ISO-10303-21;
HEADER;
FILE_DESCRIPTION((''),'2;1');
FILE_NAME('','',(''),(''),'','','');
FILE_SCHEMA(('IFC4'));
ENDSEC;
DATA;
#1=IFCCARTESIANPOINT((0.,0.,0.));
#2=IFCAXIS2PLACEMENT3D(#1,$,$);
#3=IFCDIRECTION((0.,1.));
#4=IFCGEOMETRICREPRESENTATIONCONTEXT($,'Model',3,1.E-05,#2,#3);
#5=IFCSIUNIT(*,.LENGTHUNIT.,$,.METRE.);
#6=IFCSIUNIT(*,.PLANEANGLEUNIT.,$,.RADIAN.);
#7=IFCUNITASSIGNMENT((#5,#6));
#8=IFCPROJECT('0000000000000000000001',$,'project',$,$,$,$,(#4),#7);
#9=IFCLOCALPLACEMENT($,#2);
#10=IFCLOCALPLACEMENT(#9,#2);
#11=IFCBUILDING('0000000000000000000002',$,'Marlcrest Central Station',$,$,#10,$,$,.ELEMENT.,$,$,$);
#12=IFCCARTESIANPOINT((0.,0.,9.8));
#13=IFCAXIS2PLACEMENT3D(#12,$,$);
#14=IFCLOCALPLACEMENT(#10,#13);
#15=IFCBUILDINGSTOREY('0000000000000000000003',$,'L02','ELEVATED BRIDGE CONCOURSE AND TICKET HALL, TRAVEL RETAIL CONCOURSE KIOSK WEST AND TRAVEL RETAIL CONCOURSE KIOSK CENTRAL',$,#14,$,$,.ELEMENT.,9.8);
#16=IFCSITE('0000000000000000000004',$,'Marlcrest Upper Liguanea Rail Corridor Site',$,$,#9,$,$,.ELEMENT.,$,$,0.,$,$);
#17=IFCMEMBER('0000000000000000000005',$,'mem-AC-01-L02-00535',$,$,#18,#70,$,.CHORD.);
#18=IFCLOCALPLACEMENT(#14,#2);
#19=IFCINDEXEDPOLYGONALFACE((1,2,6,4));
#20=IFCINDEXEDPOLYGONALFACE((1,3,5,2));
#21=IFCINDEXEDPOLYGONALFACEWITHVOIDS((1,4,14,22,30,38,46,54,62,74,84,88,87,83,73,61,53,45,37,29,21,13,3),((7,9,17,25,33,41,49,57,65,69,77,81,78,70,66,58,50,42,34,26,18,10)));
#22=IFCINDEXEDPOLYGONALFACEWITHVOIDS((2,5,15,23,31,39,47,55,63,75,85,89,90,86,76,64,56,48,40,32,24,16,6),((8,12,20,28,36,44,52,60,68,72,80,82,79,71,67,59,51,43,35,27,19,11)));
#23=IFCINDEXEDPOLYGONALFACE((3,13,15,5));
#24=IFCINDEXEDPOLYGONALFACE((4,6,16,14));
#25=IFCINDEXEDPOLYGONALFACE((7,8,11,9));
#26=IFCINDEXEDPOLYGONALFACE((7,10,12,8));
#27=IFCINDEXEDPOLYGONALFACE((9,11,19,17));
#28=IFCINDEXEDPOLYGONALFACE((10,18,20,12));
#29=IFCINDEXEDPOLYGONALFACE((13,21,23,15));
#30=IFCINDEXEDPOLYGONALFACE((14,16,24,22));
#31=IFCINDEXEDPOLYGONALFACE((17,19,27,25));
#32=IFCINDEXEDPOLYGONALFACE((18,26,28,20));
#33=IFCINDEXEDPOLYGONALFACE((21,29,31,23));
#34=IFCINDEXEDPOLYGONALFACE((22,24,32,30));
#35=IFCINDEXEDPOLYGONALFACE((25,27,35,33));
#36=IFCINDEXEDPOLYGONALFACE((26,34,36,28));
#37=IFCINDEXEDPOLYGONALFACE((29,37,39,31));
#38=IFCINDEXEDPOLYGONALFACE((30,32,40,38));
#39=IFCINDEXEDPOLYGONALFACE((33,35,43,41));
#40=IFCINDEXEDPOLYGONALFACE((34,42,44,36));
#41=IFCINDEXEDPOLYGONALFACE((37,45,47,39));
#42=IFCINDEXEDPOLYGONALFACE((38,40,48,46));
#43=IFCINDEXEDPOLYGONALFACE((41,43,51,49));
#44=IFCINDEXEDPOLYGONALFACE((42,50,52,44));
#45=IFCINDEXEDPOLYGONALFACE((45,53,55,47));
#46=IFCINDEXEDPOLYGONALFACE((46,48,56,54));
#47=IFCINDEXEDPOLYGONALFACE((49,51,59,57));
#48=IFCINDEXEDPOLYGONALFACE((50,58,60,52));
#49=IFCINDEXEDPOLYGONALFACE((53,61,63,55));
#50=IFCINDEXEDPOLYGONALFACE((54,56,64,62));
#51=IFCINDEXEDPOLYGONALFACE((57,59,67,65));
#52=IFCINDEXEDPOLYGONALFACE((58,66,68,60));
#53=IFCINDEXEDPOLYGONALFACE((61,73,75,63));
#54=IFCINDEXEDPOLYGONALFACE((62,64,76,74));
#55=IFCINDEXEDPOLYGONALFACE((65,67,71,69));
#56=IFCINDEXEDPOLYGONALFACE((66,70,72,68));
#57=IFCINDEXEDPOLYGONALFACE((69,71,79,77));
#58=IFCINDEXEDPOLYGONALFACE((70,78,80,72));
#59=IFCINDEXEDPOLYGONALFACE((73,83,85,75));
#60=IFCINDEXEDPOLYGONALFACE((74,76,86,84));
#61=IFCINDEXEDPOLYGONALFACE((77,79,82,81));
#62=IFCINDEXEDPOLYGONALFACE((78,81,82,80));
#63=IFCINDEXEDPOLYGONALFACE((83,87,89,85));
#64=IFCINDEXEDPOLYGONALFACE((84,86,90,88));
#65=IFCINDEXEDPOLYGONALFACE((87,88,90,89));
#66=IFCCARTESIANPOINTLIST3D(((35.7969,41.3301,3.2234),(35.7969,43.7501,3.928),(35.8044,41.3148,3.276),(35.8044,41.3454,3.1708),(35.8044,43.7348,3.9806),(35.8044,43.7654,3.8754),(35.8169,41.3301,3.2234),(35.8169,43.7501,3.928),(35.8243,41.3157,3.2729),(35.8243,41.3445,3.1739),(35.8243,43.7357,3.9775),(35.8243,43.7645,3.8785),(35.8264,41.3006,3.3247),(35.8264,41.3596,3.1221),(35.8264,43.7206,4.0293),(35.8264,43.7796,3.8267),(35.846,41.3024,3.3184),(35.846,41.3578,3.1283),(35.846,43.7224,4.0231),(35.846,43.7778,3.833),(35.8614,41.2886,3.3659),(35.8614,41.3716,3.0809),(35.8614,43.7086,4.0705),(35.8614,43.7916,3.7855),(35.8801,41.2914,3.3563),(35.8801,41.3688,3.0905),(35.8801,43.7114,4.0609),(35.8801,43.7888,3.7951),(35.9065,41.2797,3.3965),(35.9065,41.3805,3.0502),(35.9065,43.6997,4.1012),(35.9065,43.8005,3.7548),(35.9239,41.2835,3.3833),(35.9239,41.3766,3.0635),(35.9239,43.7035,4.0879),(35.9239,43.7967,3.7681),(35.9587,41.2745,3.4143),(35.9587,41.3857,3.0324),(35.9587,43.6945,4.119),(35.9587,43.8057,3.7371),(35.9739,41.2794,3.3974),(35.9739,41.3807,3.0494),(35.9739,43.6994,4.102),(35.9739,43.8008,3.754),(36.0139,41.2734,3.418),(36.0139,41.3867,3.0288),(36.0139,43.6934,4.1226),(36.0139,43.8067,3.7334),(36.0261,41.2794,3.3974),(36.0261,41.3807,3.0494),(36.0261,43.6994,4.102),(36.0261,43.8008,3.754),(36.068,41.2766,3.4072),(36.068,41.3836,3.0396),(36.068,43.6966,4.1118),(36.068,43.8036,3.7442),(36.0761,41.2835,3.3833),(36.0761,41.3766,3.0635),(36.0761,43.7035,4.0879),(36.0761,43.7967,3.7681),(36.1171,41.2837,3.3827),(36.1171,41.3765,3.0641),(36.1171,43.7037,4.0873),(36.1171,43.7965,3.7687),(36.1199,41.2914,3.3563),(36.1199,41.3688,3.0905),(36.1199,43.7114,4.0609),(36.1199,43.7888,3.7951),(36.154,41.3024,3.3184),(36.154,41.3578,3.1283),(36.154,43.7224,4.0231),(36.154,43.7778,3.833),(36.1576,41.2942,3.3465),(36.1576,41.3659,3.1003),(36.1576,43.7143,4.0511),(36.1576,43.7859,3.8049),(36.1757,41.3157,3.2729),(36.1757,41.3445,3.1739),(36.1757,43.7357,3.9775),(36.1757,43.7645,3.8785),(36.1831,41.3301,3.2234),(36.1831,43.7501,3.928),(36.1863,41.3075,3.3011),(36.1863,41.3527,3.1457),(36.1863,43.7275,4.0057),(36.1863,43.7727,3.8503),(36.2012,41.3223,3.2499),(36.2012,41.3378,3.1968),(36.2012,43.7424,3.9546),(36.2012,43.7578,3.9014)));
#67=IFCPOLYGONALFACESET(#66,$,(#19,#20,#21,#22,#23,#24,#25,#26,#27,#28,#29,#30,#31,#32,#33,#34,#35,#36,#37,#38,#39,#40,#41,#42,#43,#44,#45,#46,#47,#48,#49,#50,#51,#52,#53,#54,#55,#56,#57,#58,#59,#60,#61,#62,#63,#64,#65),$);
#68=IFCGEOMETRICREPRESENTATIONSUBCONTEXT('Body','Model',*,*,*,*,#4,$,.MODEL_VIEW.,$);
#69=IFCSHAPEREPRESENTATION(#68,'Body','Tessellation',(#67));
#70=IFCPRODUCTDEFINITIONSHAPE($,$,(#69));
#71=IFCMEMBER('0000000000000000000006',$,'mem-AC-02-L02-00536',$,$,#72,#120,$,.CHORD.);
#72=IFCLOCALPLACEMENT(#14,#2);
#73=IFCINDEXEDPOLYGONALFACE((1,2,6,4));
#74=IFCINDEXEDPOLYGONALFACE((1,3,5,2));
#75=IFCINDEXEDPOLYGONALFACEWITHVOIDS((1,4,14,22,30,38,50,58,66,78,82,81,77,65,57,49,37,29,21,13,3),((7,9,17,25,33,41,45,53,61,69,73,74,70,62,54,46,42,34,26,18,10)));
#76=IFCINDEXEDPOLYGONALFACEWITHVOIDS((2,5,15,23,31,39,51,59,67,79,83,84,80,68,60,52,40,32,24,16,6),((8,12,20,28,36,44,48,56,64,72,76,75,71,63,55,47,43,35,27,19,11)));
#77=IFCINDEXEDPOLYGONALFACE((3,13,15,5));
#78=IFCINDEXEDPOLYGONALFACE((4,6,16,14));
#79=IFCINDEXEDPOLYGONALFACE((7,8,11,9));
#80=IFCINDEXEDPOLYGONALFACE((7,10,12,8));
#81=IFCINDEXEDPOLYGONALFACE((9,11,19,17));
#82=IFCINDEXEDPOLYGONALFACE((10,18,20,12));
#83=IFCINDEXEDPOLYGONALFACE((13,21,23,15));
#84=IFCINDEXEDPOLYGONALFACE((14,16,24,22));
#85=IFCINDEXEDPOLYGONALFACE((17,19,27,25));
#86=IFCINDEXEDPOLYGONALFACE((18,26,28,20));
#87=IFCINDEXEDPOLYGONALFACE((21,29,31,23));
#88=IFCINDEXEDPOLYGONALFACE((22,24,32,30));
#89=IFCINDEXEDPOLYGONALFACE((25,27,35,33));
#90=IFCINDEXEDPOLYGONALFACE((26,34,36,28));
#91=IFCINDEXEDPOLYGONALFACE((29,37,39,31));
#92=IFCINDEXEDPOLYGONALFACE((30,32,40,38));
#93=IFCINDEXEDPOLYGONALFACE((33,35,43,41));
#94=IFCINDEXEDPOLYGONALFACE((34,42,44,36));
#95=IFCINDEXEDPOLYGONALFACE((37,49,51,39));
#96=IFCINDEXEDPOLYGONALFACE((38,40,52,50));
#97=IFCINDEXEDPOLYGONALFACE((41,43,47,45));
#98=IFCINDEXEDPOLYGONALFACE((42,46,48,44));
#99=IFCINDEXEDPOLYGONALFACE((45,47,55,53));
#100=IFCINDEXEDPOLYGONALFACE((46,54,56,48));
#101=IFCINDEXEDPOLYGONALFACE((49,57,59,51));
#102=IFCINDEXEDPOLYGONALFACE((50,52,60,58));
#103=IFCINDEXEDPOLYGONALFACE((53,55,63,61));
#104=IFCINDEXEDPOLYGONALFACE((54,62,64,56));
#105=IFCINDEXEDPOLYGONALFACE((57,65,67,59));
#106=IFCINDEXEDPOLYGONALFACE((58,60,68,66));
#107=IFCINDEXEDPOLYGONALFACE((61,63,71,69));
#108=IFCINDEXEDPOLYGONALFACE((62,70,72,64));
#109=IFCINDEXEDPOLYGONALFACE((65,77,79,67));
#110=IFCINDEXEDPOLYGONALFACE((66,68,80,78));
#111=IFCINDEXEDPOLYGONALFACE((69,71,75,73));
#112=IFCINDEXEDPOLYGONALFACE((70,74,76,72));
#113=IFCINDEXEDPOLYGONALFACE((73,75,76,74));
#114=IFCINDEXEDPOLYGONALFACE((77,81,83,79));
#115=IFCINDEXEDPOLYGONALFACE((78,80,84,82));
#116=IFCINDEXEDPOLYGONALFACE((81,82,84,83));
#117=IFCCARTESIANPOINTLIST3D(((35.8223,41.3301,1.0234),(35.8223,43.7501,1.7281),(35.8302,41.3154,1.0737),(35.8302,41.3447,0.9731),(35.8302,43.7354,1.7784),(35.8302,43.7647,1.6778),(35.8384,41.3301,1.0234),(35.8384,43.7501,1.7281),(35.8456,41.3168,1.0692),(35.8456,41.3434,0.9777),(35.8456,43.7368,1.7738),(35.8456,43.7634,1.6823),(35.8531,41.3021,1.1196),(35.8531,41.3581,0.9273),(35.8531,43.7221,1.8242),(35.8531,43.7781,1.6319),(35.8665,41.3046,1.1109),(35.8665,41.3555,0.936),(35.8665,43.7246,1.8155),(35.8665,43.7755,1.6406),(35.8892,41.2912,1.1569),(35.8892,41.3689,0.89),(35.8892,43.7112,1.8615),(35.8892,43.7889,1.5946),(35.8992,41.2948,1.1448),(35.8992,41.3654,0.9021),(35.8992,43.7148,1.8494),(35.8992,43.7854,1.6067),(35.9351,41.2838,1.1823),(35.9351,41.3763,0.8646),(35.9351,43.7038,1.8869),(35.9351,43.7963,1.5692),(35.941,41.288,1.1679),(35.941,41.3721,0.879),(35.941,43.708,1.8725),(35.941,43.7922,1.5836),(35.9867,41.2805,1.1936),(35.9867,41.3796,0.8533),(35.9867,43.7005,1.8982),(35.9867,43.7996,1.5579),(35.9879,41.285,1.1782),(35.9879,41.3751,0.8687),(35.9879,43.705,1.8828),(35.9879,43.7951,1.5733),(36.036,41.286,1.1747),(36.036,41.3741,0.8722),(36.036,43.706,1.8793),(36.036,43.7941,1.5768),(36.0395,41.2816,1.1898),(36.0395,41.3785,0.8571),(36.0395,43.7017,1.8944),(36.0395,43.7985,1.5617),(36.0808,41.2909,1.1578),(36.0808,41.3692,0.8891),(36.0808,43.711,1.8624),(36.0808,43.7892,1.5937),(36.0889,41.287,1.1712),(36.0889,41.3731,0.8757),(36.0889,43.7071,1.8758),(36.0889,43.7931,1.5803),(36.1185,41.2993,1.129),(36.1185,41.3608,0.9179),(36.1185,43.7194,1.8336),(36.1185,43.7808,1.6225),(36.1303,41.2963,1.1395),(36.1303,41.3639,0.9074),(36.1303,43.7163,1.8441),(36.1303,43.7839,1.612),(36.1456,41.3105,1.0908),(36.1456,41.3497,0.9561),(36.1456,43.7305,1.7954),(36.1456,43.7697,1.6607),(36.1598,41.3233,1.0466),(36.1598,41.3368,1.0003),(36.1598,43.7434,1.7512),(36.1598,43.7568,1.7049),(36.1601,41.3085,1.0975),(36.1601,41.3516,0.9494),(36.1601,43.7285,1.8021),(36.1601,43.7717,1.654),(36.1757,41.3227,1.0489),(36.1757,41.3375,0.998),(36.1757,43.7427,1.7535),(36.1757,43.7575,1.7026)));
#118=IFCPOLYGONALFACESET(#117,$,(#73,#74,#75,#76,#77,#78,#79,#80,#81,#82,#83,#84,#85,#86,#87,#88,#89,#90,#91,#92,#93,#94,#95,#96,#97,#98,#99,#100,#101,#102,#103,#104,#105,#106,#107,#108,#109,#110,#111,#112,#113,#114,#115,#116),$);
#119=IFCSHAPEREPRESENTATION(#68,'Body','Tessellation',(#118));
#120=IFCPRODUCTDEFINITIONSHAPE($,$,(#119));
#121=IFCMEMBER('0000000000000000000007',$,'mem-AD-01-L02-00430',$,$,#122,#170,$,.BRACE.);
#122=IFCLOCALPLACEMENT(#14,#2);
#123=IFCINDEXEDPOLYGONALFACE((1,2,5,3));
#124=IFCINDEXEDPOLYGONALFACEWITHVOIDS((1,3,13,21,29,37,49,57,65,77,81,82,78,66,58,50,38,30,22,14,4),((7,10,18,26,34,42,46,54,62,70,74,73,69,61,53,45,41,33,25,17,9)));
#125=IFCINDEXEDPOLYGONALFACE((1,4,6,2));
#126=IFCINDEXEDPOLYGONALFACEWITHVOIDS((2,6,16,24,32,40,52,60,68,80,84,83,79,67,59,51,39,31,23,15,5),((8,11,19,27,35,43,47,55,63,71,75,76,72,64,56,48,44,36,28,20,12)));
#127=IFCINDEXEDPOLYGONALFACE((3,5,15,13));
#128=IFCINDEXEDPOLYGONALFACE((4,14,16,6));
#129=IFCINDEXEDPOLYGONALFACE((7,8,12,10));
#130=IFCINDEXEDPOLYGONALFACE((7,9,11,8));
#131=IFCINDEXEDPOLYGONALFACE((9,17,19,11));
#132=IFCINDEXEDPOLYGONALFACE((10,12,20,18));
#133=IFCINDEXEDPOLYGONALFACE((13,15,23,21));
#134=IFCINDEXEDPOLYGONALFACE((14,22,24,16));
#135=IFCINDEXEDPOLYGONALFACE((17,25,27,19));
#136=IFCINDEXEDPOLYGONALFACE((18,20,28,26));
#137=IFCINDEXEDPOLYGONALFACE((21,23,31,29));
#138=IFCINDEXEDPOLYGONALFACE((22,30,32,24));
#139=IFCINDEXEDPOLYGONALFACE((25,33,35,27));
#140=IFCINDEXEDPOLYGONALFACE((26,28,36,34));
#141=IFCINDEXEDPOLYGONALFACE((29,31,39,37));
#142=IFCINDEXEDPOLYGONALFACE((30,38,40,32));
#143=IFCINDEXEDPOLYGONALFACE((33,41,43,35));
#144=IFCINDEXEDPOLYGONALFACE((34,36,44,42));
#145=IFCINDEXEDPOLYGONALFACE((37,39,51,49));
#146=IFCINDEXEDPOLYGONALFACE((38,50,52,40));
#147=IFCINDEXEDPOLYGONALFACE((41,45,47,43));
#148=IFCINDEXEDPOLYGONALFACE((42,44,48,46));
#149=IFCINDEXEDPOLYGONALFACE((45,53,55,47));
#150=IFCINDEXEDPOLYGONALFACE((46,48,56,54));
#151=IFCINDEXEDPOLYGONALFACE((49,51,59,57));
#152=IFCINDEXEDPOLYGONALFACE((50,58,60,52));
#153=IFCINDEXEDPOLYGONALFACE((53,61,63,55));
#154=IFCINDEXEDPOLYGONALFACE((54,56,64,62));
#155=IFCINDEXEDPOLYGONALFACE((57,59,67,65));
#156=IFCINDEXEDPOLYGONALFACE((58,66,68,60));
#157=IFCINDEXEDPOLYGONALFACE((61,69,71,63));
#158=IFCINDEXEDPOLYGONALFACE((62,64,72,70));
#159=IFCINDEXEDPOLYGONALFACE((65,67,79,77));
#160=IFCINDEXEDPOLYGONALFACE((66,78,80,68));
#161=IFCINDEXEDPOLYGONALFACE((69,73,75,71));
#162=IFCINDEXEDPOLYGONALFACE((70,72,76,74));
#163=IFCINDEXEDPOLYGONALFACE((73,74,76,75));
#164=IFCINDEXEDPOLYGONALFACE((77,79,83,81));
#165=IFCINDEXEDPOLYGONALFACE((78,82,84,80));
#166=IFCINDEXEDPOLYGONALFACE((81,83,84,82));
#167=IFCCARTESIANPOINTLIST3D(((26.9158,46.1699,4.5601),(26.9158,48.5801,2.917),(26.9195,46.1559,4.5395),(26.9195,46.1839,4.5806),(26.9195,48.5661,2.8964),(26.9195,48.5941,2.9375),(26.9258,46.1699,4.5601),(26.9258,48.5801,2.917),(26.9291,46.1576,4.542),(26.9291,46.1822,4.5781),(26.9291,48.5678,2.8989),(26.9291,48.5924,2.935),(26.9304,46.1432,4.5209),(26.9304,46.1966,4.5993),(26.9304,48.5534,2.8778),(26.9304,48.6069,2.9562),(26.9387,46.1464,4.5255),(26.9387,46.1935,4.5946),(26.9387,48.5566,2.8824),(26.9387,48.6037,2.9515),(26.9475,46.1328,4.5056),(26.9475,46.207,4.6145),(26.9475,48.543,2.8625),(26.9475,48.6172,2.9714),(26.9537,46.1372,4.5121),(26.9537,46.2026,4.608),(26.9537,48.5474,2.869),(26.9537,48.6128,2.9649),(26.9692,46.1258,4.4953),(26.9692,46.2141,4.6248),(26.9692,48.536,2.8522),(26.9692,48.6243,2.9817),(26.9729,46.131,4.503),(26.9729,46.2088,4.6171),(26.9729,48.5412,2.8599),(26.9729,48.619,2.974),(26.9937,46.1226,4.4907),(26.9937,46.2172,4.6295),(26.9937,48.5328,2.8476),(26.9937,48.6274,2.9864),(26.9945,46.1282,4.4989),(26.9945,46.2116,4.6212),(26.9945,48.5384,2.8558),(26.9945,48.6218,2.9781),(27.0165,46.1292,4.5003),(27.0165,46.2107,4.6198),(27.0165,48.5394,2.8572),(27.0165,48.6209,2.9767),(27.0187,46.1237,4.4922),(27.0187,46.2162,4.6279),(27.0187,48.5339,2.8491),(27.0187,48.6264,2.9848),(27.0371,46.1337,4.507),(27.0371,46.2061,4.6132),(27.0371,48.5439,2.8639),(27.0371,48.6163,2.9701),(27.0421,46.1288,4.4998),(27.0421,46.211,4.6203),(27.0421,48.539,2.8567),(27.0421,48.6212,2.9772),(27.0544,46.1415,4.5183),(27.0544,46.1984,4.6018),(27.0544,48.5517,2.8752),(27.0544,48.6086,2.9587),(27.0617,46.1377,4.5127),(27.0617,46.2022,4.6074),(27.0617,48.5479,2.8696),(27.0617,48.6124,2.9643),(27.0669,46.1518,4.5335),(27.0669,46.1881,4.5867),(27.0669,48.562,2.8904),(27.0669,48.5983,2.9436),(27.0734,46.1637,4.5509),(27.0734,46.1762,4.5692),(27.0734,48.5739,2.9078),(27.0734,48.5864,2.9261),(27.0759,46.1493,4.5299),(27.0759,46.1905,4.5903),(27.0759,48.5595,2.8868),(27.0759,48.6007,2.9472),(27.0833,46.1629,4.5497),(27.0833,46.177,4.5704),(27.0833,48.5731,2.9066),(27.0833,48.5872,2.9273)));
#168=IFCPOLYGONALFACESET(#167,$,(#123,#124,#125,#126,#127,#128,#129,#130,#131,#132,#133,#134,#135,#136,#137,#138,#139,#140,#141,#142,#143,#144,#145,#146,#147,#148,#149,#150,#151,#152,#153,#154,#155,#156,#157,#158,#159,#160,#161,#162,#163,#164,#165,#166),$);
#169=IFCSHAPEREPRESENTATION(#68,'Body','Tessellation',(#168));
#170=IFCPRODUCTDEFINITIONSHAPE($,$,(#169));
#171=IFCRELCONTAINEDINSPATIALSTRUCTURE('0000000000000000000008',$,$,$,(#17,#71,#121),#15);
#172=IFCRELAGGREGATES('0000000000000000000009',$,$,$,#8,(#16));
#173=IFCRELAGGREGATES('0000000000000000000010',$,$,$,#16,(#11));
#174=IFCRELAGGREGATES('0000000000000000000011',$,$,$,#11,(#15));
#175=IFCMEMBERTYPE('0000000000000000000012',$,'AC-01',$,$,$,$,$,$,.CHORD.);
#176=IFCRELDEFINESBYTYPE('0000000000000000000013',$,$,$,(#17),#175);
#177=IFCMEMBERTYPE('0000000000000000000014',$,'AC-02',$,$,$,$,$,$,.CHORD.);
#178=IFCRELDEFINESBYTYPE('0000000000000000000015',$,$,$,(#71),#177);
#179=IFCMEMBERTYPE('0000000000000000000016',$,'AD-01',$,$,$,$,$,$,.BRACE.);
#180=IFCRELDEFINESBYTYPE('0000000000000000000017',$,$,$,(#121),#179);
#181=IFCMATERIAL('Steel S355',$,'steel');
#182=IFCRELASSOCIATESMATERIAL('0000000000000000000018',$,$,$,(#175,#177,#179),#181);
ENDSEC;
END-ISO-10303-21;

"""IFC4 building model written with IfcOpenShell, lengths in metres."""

from ifc_helpers import new_model, si_unit, direction, frame, origin, origin_2d, place, context, subcontext, project, spatial, hollow_circle, extrude, material, material_profile, profile_set, type_object, element, save


model = new_model("IFC4")

# Units and contexts
model_context = context("Model", 3, precision=1e-05, world=origin(), true_north=direction((0.0, 1.0)))
body_context = subcontext(model_context, "Body", "Model", "MODEL_VIEW")
ifc_project = project(units=[si_unit("LENGTHUNIT", "METRE"), si_unit("PLANEANGLEUNIT", "RADIAN")], contexts=[model_context])

# Site, building, storey
site_placement = place(None, origin())
site = spatial("IfcSite", under=ifc_project, at=site_placement, Name="Marlcrest Upper Liguanea Rail Corridor Site", CompositionType="ELEMENT", RefElevation=0.0)
building_placement = place(site_placement, origin())
building = spatial("IfcBuilding", under=site, at=building_placement, Name="Marlcrest Central Station", CompositionType="ELEMENT")
storey_placement = place(building_placement, frame((0.0, 0.0, 9.8)))
storey = spatial("IfcBuildingStorey", under=building, at=storey_placement, Name="L02", Description="ELEVATED BRIDGE CONCOURSE AND TICKET HALL, TRAVEL RETAIL CONCOURSE KIOSK WEST AND TRAVEL RETAIL CONCOURSE KIOSK CENTRAL", CompositionType="ELEMENT", Elevation=9.8)

# Members
ifc_material_1 = material(Name="Steel S355", Category="steel")
ifc_material_profile_1 = material_profile(ifc_material_1, hollow_circle(Radius=0.2031, WallThickness=0.02, at=origin_2d()), Name="CHS 406.4x20")
ifc_profile_set_1 = profile_set([ifc_material_profile_1], Name="Steel S355")
member_type_1 = type_object("IfcMemberType", Name="AC-01", PredefinedType="CHORD", material=ifc_profile_set_1)
member_1_placement = place(storey_placement, frame((36.0, 41.3301, 3.2234), z_axis=(0.0, 0.96013, 0.279554), x_axis=(-1.0, 0.0, 0.0)))
element("IfcMember", 1, at=member_1_placement, inside=storey, type_object=member_type_1, Name="mem-AC-01-L02-00535", PredefinedType="CHORD", context=body_context, shape_type="SweptSolid", body=[
    extrude(hollow_circle(Radius=0.2031, WallThickness=0.02, at=origin_2d()), origin(), (0.0, 0.0, 1.0), 2.5205),
])
ifc_material_profile_2 = material_profile(ifc_material_1, hollow_circle(Radius=0.1777, WallThickness=0.0161, at=origin_2d()), Name="CHS 355.6x16")
ifc_profile_set_2 = profile_set([ifc_material_profile_2], Name="Steel S355")
member_type_2 = type_object("IfcMemberType", Name="AC-02", PredefinedType="CHORD", material=ifc_profile_set_2)
member_2_placement = place(storey_placement, frame((36.0, 41.3301, 1.0234), z_axis=(0.0, 0.96013, 0.279554), x_axis=(-1.0, 0.0, 0.0)))
element("IfcMember", 2, at=member_2_placement, inside=storey, type_object=member_type_2, Name="mem-AC-02-L02-00536", PredefinedType="CHORD", context=body_context, shape_type="SweptSolid", body=[
    extrude(hollow_circle(Radius=0.1777, WallThickness=0.0161, at=origin_2d()), origin(), (0.0, 0.0, 1.0), 2.5205),
])
ifc_material_profile_3 = material_profile(ifc_material_1, hollow_circle(Radius=0.0842, WallThickness=0.01, at=origin_2d()), Name="CHS 168.3x10")
ifc_profile_set_3 = profile_set([ifc_material_profile_3], Name="Steel S355")
member_type_3 = type_object("IfcMemberType", Name="AD-01", PredefinedType="BRACE", material=ifc_profile_set_3)
member_3_placement = place(storey_placement, frame((27.0, 46.1699, 4.5601), z_axis=(0.0, 0.826263, -0.563285), x_axis=(-1.0, 0.0, 0.0)))
element("IfcMember", 3, at=member_3_placement, inside=storey, type_object=member_type_3, Name="mem-AD-01-L02-00430", PredefinedType="BRACE", context=body_context, shape_type="SweptSolid", body=[
    extrude(hollow_circle(Radius=0.0842, WallThickness=0.01, at=origin_2d()), origin(), (0.0, 0.0, 1.0), 2.917),
])

save(model, "model.ifc")
